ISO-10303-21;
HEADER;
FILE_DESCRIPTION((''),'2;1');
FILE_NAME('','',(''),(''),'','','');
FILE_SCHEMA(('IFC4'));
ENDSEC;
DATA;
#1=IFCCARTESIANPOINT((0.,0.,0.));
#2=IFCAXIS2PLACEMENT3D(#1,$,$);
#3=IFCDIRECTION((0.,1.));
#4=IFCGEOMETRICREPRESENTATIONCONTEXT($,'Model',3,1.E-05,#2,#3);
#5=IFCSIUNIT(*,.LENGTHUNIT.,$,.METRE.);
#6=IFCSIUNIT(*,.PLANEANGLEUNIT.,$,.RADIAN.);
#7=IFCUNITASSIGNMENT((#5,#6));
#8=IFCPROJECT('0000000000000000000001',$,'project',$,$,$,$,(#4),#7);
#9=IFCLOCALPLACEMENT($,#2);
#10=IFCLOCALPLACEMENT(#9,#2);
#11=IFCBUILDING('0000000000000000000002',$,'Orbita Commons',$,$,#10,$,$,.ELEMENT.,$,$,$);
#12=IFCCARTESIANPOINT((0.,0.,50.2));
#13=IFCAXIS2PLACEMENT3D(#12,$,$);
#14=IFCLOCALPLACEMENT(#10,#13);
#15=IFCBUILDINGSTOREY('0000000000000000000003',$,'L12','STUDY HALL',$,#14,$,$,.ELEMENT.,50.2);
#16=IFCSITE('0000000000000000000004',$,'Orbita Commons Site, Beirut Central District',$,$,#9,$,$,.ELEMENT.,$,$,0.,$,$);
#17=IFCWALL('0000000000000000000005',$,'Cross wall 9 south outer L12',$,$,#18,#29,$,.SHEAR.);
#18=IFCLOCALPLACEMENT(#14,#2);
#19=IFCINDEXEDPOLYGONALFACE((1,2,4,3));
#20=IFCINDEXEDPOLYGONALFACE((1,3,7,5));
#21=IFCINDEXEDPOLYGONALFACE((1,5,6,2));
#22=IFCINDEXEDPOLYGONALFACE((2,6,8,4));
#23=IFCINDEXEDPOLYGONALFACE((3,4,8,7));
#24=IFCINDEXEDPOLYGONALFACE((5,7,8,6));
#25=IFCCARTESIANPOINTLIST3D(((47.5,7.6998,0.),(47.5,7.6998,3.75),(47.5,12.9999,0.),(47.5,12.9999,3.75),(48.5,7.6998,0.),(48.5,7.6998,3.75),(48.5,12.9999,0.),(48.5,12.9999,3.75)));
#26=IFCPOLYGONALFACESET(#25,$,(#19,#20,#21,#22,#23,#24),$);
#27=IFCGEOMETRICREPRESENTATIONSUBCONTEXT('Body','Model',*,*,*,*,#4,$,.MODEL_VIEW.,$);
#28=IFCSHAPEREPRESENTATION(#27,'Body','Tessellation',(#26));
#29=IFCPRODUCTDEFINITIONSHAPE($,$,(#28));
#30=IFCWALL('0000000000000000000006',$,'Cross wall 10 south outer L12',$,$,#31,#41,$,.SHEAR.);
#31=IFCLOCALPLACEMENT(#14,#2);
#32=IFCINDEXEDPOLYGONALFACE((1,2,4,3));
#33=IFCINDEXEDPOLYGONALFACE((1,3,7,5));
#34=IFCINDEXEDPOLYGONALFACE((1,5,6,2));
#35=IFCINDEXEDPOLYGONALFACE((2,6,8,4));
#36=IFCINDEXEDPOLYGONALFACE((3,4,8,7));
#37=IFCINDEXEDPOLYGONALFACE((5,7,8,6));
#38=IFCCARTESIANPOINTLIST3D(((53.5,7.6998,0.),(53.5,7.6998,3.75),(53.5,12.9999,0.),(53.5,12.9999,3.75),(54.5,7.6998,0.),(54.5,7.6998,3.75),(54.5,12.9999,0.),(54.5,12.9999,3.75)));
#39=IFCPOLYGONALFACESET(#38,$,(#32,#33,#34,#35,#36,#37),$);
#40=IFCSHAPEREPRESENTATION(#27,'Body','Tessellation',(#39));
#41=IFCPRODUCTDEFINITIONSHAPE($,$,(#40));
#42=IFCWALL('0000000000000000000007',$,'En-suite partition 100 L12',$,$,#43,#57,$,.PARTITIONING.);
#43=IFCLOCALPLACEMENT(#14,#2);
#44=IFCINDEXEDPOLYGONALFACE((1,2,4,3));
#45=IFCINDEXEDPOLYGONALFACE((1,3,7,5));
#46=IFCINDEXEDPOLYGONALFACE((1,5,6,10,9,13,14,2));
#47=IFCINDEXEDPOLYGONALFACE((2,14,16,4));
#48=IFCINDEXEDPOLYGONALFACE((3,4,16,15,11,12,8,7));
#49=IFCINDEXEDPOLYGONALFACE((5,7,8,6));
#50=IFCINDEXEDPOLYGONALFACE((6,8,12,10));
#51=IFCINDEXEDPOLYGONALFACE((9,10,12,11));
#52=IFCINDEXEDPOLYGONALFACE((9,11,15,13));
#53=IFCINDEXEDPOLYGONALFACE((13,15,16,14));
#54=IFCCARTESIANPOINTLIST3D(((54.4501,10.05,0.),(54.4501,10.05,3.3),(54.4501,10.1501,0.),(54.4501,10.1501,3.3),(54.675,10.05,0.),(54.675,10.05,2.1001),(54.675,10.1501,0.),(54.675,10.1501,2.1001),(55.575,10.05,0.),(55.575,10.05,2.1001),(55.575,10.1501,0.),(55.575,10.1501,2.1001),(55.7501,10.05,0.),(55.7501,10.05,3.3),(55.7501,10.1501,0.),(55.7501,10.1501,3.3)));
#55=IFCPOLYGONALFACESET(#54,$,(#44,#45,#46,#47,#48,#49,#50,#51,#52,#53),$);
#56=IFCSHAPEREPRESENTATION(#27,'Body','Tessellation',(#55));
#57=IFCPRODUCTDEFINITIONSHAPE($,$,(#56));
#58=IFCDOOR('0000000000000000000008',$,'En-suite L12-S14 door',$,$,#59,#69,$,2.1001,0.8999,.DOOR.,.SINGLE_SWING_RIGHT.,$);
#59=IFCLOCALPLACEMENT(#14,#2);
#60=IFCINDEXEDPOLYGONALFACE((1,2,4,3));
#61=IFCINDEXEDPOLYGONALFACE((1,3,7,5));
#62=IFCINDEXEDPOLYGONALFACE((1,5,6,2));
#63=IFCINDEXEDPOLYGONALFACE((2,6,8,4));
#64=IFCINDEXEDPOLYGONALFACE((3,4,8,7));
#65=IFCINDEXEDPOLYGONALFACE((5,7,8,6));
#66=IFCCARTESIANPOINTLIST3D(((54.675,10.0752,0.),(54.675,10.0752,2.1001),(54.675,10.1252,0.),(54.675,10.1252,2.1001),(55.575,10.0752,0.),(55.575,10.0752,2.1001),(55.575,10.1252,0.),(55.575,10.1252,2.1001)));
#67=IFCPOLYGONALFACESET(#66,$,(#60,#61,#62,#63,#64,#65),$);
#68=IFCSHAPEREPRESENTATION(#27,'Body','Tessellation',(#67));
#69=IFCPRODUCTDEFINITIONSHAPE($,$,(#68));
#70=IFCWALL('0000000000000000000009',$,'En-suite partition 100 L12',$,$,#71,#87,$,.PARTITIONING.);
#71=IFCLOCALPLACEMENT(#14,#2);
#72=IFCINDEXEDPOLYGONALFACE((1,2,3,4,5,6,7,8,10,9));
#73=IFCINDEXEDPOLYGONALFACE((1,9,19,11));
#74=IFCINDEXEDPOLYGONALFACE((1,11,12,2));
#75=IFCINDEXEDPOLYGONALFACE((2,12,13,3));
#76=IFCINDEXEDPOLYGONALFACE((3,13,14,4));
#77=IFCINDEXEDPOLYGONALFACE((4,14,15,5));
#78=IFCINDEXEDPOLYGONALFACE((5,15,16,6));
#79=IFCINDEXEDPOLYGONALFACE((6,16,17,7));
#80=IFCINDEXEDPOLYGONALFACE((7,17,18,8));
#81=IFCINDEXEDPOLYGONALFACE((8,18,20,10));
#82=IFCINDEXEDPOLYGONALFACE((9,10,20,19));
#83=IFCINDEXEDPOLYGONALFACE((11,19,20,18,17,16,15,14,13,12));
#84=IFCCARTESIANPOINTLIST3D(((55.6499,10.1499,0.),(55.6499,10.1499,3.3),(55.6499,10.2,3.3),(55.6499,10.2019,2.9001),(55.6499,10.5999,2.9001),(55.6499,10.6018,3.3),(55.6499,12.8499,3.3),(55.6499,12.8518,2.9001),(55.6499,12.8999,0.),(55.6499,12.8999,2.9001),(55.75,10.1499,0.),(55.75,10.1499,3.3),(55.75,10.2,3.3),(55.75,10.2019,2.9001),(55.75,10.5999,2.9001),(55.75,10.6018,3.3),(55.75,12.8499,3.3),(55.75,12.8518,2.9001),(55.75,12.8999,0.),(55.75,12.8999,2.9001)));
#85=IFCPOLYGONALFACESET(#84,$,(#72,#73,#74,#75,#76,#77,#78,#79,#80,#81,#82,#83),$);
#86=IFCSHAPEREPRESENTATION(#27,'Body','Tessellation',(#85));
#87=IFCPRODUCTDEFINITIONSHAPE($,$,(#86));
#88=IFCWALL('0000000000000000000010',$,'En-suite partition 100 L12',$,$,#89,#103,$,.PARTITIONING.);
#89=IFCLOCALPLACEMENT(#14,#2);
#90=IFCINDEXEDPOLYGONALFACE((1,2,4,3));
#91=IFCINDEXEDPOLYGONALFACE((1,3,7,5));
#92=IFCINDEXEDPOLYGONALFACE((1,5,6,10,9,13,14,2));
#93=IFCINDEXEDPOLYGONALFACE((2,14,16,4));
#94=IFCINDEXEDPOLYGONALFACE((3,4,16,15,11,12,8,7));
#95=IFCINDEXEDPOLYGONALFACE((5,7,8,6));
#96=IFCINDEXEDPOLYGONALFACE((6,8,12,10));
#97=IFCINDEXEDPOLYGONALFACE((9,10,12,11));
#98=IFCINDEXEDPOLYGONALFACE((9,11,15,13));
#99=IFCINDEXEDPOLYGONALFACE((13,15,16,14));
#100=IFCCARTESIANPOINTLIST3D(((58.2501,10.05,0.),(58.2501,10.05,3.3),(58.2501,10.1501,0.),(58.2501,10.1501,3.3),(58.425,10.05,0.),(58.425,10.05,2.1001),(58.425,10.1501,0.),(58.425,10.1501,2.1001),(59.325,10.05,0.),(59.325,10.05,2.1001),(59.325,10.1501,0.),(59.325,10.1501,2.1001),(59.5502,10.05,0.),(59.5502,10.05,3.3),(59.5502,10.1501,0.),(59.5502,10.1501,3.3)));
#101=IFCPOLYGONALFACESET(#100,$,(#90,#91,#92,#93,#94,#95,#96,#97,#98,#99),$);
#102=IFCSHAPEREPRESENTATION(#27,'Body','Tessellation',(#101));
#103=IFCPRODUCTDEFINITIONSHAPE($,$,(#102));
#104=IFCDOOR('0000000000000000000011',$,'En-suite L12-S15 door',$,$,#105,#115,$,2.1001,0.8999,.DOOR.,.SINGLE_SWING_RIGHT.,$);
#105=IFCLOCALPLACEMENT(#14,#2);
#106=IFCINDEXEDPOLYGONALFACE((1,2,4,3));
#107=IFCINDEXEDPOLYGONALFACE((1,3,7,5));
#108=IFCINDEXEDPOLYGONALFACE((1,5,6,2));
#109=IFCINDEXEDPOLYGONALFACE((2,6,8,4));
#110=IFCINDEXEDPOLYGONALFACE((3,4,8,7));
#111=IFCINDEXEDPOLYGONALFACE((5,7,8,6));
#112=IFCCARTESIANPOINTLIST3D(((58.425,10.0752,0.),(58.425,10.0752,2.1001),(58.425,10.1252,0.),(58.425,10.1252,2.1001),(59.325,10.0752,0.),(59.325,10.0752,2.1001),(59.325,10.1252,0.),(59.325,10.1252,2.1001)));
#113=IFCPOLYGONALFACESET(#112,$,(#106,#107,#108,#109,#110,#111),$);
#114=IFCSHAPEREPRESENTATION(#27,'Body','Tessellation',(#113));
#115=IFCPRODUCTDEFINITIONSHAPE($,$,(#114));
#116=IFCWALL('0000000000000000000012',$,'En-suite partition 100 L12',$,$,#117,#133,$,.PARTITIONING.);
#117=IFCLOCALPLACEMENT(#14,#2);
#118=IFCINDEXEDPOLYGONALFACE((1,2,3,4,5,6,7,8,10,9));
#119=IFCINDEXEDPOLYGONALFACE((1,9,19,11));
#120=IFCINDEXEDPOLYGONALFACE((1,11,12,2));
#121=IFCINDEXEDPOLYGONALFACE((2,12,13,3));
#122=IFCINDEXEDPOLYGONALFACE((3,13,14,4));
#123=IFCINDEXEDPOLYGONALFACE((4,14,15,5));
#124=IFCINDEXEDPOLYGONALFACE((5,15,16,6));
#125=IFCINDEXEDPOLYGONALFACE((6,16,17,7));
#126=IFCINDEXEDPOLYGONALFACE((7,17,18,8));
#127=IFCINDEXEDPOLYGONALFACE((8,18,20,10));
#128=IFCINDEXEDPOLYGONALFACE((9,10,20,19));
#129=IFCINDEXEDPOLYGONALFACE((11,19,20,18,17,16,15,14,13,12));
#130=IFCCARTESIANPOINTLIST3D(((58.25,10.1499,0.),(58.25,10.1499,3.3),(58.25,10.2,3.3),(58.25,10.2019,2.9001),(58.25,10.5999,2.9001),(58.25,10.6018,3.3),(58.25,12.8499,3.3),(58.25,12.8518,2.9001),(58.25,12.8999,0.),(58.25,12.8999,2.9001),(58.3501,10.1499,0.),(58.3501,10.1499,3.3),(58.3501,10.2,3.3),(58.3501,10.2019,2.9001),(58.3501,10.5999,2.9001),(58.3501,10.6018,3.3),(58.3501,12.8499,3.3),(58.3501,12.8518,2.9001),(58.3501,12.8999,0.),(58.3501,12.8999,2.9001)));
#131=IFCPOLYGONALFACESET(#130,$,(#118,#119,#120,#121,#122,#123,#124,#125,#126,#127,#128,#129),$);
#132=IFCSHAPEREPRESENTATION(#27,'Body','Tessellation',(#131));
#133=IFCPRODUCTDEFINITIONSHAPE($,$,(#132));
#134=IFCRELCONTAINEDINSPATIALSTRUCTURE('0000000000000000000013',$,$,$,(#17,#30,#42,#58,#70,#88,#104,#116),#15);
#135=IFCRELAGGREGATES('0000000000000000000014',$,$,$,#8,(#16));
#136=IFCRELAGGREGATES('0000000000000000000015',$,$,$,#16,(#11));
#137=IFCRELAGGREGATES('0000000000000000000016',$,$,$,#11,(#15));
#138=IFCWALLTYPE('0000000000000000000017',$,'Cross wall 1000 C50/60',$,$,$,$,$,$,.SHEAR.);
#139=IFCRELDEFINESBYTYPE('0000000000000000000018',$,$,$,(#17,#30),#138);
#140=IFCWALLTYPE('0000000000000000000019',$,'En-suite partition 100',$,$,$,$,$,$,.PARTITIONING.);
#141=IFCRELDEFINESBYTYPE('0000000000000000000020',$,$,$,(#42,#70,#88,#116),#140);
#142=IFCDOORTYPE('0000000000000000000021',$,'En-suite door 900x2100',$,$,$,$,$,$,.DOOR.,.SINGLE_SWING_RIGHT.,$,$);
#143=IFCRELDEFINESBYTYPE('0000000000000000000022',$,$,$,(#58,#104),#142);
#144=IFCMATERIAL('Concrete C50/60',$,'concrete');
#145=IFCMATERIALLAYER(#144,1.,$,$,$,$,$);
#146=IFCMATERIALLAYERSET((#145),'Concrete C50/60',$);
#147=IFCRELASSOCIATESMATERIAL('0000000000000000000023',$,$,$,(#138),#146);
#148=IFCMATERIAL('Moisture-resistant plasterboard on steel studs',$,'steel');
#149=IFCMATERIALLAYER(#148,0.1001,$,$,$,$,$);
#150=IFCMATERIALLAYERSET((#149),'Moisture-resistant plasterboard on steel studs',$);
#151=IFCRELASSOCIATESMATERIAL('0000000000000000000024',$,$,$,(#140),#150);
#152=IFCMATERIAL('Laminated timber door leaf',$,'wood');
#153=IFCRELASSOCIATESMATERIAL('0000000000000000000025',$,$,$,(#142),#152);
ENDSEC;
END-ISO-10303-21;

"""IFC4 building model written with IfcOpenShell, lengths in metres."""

from ifc_helpers import new_model, si_unit, direction, frame, frame_2d, origin, place, context, subcontext, project, spatial, polyline, rectangle, outline, extrude, material, layer, layer_set, type_object, element, fill, save


model = new_model("IFC4")

# Units and contexts
model_context = context("Model", 3, precision=1e-05, world=origin(), true_north=direction((0.0, 1.0)))
body_context = subcontext(model_context, "Body", "Model", "MODEL_VIEW")
ifc_project = project(units=[si_unit("LENGTHUNIT", "METRE"), si_unit("PLANEANGLEUNIT", "RADIAN")], contexts=[model_context])

# Site, building, storey
site_placement = place(None, origin())
site = spatial("IfcSite", under=ifc_project, at=site_placement, Name="Orbita Commons Site, Beirut Central District", CompositionType="ELEMENT", RefElevation=0.0)
building_placement = place(site_placement, origin())
building = spatial("IfcBuilding", under=site, at=building_placement, Name="Orbita Commons", CompositionType="ELEMENT")
storey_placement = place(building_placement, frame((0.0, 0.0, 50.2)))
storey = spatial("IfcBuildingStorey", under=building, at=storey_placement, Name="L12", Description="STUDY HALL", CompositionType="ELEMENT", Elevation=50.2)

# Walls
ifc_material_1 = material(Name="Concrete C50/60", Category="concrete")
ifc_layer_1 = layer(ifc_material_1, 1.0)
ifc_layer_set_1 = layer_set([ifc_layer_1], Name="Concrete C50/60")
wall_type_1 = type_object("IfcWallType", Name="Cross wall 1000 C50/60", PredefinedType="SHEAR", material=ifc_layer_set_1)
for number, where, z_axis, x_axis, name in (
    (1, (48.0, 7.7, 0.0), (0.0, 0.0, 1.0), (0.0, 1.0, 0.0), "Cross wall 9 south outer L12"),
    (2, (54.0, 7.7, 0.0), (0.0, 0.0, 1.0), (0.0, 1.0, 0.0), "Cross wall 10 south outer L12"),
):
    element("IfcWall", number, at=place(storey_placement, frame(where, z_axis=z_axis, x_axis=x_axis)), inside=storey, type_object=wall_type_1, Name=name, PredefinedType="SHEAR", context=body_context, shape_type="SweptSolid", body=[
        extrude(rectangle(XDim=5.3, YDim=1.0, at=frame_2d((2.6499, 0.0))), origin(), (0.0, 0.0, 1.0), 3.75),
    ])

# Wall, opening, door
ifc_material_2 = material(Name="Moisture-resistant plasterboard on steel studs", Category="steel")
ifc_layer_2 = layer(ifc_material_2, 0.1001)
ifc_layer_set_2 = layer_set([ifc_layer_2], Name="Moisture-resistant plasterboard on steel studs")
wall_type_2 = type_object("IfcWallType", Name="En-suite partition 100", PredefinedType="PARTITIONING", material=ifc_layer_set_2)
wall_1_placement = place(storey_placement, frame((55.75, 10.1001, 0.0), z_axis=(0.0, 0.0, 1.0), x_axis=(-1.0, 0.0, 0.0)))
wall_1 = element("IfcWall", 3, at=wall_1_placement, inside=storey, type_object=wall_type_2, Name="En-suite partition 100 L12", PredefinedType="PARTITIONING", context=body_context, shape_type="SweptSolid", body=[
    extrude(rectangle(XDim=1.3, YDim=0.1001, at=frame_2d((0.6499, 0.0))), origin(), (0.0, 0.0, 1.0), 3.3),
])
opening_1_placement = place(wall_1_placement, frame((0.175, 0.0, 0.0)))
opening_1 = element("IfcOpeningElement", 4, at=opening_1_placement, cuts=wall_1, PredefinedType="OPENING", context=body_context, shape_type="SweptSolid", body=[
    extrude(rectangle(XDim=0.8999, YDim=2.1001, at=frame_2d((0.45, 1.05))), frame((0.0, 0.0601, 0.0), z_axis=(0.0, -1.0, 0.0), x_axis=(1.0, 0.0, 0.0)), (0.0, 0.0, 1.0), 0.1201),
])
ifc_material_3 = material(Name="Laminated timber door leaf", Category="wood")
door_type_1 = type_object("IfcDoorType", Name="En-suite door 900x2100", OperationType="SINGLE_SWING_RIGHT", PredefinedType="DOOR", material=ifc_material_3)
door_1_placement = place(opening_1_placement, origin())
door_1 = element("IfcDoor", 5, at=door_1_placement, inside=storey, type_object=door_type_1, Name="En-suite L12-S14 door", OperationType="SINGLE_SWING_RIGHT", OverallHeight=2.1001, OverallWidth=0.8999, PredefinedType="DOOR", context=body_context, shape_type="SweptSolid", body=[
    extrude(rectangle(XDim=0.8999, YDim=2.1001, at=frame_2d((0.45, 1.05))), frame((0.0, 0.0249, 0.0), z_axis=(0.0, -1.0, 0.0), x_axis=(1.0, 0.0, 0.0)), (0.0, 0.0, 1.0), 0.05),
])
fill(opening_1, door_1)

# Wall
wall_2_placement = place(storey_placement, frame((55.7, 10.1499, 0.0), z_axis=(0.0, 0.0, 1.0), x_axis=(0.0, 1.0, 0.0)))
element("IfcWall", 6, at=wall_2_placement, inside=storey, type_object=wall_type_2, Name="En-suite partition 100 L12", PredefinedType="PARTITIONING", context=body_context, shape_type="SweptSolid", body=[
    extrude(outline(polyline([(0.0, 0.0), (2.75, 0.0), (2.75, 2.9001), (2.7019, 2.9001), (2.7, 3.3), (0.4519, 3.3), (0.45, 2.9001), (0.052, 2.9001), (0.05, 3.3), (0.0, 3.3), (0.0, 0.0)])), frame((0.0, 0.05, 0.0), z_axis=(0.0, -1.0, 0.0), x_axis=(1.0, 0.0, 0.0)), (0.0, 0.0, 1.0), 0.1001),
])

# Wall, opening, door
wall_3_placement = place(storey_placement, frame((59.55, 10.1001, 0.0), z_axis=(0.0, 0.0, 1.0), x_axis=(-1.0, 0.0, 0.0)))
wall_3 = element("IfcWall", 7, at=wall_3_placement, inside=storey, type_object=wall_type_2, Name="En-suite partition 100 L12", PredefinedType="PARTITIONING", context=body_context, shape_type="SweptSolid", body=[
    extrude(rectangle(XDim=1.3, YDim=0.1001, at=frame_2d((0.6499, 0.0))), origin(), (0.0, 0.0, 1.0), 3.3),
])
opening_2_placement = place(wall_3_placement, frame((0.2251, 0.0, 0.0)))
opening_2 = element("IfcOpeningElement", 8, at=opening_2_placement, cuts=wall_3, PredefinedType="OPENING", context=body_context, shape_type="SweptSolid", body=[
    extrude(rectangle(XDim=0.8999, YDim=2.1001, at=frame_2d((0.45, 1.05))), frame((0.0, 0.0601, 0.0), z_axis=(0.0, -1.0, 0.0), x_axis=(1.0, 0.0, 0.0)), (0.0, 0.0, 1.0), 0.1201),
])
door_2_placement = place(opening_2_placement, origin())
door_2 = element("IfcDoor", 9, at=door_2_placement, inside=storey, type_object=door_type_1, Name="En-suite L12-S15 door", OperationType="SINGLE_SWING_RIGHT", OverallHeight=2.1001, OverallWidth=0.8999, PredefinedType="DOOR", context=body_context, shape_type="SweptSolid", body=[
    extrude(rectangle(XDim=0.8999, YDim=2.1001, at=frame_2d((0.45, 1.05))), frame((0.0, 0.0249, 0.0), z_axis=(0.0, -1.0, 0.0), x_axis=(1.0, 0.0, 0.0)), (0.0, 0.0, 1.0), 0.05),
])
fill(opening_2, door_2)

# Wall
wall_4_placement = place(storey_placement, frame((58.3, 10.1499, 0.0), z_axis=(0.0, 0.0, 1.0), x_axis=(0.0, 1.0, 0.0)))
element("IfcWall", 10, at=wall_4_placement, inside=storey, type_object=wall_type_2, Name="En-suite partition 100 L12", PredefinedType="PARTITIONING", context=body_context, shape_type="SweptSolid", body=[
    extrude(outline(polyline([(0.0, 0.0), (2.75, 0.0), (2.75, 2.9001), (2.7019, 2.9001), (2.7, 3.3), (0.4519, 3.3), (0.45, 2.9001), (0.052, 2.9001), (0.05, 3.3), (0.0, 3.3), (0.0, 0.0)])), frame((0.0, 0.05, 0.0), z_axis=(0.0, -1.0, 0.0), x_axis=(1.0, 0.0, 0.0)), (0.0, 0.0, 1.0), 0.1001),
])

save(model, "model.ifc")
